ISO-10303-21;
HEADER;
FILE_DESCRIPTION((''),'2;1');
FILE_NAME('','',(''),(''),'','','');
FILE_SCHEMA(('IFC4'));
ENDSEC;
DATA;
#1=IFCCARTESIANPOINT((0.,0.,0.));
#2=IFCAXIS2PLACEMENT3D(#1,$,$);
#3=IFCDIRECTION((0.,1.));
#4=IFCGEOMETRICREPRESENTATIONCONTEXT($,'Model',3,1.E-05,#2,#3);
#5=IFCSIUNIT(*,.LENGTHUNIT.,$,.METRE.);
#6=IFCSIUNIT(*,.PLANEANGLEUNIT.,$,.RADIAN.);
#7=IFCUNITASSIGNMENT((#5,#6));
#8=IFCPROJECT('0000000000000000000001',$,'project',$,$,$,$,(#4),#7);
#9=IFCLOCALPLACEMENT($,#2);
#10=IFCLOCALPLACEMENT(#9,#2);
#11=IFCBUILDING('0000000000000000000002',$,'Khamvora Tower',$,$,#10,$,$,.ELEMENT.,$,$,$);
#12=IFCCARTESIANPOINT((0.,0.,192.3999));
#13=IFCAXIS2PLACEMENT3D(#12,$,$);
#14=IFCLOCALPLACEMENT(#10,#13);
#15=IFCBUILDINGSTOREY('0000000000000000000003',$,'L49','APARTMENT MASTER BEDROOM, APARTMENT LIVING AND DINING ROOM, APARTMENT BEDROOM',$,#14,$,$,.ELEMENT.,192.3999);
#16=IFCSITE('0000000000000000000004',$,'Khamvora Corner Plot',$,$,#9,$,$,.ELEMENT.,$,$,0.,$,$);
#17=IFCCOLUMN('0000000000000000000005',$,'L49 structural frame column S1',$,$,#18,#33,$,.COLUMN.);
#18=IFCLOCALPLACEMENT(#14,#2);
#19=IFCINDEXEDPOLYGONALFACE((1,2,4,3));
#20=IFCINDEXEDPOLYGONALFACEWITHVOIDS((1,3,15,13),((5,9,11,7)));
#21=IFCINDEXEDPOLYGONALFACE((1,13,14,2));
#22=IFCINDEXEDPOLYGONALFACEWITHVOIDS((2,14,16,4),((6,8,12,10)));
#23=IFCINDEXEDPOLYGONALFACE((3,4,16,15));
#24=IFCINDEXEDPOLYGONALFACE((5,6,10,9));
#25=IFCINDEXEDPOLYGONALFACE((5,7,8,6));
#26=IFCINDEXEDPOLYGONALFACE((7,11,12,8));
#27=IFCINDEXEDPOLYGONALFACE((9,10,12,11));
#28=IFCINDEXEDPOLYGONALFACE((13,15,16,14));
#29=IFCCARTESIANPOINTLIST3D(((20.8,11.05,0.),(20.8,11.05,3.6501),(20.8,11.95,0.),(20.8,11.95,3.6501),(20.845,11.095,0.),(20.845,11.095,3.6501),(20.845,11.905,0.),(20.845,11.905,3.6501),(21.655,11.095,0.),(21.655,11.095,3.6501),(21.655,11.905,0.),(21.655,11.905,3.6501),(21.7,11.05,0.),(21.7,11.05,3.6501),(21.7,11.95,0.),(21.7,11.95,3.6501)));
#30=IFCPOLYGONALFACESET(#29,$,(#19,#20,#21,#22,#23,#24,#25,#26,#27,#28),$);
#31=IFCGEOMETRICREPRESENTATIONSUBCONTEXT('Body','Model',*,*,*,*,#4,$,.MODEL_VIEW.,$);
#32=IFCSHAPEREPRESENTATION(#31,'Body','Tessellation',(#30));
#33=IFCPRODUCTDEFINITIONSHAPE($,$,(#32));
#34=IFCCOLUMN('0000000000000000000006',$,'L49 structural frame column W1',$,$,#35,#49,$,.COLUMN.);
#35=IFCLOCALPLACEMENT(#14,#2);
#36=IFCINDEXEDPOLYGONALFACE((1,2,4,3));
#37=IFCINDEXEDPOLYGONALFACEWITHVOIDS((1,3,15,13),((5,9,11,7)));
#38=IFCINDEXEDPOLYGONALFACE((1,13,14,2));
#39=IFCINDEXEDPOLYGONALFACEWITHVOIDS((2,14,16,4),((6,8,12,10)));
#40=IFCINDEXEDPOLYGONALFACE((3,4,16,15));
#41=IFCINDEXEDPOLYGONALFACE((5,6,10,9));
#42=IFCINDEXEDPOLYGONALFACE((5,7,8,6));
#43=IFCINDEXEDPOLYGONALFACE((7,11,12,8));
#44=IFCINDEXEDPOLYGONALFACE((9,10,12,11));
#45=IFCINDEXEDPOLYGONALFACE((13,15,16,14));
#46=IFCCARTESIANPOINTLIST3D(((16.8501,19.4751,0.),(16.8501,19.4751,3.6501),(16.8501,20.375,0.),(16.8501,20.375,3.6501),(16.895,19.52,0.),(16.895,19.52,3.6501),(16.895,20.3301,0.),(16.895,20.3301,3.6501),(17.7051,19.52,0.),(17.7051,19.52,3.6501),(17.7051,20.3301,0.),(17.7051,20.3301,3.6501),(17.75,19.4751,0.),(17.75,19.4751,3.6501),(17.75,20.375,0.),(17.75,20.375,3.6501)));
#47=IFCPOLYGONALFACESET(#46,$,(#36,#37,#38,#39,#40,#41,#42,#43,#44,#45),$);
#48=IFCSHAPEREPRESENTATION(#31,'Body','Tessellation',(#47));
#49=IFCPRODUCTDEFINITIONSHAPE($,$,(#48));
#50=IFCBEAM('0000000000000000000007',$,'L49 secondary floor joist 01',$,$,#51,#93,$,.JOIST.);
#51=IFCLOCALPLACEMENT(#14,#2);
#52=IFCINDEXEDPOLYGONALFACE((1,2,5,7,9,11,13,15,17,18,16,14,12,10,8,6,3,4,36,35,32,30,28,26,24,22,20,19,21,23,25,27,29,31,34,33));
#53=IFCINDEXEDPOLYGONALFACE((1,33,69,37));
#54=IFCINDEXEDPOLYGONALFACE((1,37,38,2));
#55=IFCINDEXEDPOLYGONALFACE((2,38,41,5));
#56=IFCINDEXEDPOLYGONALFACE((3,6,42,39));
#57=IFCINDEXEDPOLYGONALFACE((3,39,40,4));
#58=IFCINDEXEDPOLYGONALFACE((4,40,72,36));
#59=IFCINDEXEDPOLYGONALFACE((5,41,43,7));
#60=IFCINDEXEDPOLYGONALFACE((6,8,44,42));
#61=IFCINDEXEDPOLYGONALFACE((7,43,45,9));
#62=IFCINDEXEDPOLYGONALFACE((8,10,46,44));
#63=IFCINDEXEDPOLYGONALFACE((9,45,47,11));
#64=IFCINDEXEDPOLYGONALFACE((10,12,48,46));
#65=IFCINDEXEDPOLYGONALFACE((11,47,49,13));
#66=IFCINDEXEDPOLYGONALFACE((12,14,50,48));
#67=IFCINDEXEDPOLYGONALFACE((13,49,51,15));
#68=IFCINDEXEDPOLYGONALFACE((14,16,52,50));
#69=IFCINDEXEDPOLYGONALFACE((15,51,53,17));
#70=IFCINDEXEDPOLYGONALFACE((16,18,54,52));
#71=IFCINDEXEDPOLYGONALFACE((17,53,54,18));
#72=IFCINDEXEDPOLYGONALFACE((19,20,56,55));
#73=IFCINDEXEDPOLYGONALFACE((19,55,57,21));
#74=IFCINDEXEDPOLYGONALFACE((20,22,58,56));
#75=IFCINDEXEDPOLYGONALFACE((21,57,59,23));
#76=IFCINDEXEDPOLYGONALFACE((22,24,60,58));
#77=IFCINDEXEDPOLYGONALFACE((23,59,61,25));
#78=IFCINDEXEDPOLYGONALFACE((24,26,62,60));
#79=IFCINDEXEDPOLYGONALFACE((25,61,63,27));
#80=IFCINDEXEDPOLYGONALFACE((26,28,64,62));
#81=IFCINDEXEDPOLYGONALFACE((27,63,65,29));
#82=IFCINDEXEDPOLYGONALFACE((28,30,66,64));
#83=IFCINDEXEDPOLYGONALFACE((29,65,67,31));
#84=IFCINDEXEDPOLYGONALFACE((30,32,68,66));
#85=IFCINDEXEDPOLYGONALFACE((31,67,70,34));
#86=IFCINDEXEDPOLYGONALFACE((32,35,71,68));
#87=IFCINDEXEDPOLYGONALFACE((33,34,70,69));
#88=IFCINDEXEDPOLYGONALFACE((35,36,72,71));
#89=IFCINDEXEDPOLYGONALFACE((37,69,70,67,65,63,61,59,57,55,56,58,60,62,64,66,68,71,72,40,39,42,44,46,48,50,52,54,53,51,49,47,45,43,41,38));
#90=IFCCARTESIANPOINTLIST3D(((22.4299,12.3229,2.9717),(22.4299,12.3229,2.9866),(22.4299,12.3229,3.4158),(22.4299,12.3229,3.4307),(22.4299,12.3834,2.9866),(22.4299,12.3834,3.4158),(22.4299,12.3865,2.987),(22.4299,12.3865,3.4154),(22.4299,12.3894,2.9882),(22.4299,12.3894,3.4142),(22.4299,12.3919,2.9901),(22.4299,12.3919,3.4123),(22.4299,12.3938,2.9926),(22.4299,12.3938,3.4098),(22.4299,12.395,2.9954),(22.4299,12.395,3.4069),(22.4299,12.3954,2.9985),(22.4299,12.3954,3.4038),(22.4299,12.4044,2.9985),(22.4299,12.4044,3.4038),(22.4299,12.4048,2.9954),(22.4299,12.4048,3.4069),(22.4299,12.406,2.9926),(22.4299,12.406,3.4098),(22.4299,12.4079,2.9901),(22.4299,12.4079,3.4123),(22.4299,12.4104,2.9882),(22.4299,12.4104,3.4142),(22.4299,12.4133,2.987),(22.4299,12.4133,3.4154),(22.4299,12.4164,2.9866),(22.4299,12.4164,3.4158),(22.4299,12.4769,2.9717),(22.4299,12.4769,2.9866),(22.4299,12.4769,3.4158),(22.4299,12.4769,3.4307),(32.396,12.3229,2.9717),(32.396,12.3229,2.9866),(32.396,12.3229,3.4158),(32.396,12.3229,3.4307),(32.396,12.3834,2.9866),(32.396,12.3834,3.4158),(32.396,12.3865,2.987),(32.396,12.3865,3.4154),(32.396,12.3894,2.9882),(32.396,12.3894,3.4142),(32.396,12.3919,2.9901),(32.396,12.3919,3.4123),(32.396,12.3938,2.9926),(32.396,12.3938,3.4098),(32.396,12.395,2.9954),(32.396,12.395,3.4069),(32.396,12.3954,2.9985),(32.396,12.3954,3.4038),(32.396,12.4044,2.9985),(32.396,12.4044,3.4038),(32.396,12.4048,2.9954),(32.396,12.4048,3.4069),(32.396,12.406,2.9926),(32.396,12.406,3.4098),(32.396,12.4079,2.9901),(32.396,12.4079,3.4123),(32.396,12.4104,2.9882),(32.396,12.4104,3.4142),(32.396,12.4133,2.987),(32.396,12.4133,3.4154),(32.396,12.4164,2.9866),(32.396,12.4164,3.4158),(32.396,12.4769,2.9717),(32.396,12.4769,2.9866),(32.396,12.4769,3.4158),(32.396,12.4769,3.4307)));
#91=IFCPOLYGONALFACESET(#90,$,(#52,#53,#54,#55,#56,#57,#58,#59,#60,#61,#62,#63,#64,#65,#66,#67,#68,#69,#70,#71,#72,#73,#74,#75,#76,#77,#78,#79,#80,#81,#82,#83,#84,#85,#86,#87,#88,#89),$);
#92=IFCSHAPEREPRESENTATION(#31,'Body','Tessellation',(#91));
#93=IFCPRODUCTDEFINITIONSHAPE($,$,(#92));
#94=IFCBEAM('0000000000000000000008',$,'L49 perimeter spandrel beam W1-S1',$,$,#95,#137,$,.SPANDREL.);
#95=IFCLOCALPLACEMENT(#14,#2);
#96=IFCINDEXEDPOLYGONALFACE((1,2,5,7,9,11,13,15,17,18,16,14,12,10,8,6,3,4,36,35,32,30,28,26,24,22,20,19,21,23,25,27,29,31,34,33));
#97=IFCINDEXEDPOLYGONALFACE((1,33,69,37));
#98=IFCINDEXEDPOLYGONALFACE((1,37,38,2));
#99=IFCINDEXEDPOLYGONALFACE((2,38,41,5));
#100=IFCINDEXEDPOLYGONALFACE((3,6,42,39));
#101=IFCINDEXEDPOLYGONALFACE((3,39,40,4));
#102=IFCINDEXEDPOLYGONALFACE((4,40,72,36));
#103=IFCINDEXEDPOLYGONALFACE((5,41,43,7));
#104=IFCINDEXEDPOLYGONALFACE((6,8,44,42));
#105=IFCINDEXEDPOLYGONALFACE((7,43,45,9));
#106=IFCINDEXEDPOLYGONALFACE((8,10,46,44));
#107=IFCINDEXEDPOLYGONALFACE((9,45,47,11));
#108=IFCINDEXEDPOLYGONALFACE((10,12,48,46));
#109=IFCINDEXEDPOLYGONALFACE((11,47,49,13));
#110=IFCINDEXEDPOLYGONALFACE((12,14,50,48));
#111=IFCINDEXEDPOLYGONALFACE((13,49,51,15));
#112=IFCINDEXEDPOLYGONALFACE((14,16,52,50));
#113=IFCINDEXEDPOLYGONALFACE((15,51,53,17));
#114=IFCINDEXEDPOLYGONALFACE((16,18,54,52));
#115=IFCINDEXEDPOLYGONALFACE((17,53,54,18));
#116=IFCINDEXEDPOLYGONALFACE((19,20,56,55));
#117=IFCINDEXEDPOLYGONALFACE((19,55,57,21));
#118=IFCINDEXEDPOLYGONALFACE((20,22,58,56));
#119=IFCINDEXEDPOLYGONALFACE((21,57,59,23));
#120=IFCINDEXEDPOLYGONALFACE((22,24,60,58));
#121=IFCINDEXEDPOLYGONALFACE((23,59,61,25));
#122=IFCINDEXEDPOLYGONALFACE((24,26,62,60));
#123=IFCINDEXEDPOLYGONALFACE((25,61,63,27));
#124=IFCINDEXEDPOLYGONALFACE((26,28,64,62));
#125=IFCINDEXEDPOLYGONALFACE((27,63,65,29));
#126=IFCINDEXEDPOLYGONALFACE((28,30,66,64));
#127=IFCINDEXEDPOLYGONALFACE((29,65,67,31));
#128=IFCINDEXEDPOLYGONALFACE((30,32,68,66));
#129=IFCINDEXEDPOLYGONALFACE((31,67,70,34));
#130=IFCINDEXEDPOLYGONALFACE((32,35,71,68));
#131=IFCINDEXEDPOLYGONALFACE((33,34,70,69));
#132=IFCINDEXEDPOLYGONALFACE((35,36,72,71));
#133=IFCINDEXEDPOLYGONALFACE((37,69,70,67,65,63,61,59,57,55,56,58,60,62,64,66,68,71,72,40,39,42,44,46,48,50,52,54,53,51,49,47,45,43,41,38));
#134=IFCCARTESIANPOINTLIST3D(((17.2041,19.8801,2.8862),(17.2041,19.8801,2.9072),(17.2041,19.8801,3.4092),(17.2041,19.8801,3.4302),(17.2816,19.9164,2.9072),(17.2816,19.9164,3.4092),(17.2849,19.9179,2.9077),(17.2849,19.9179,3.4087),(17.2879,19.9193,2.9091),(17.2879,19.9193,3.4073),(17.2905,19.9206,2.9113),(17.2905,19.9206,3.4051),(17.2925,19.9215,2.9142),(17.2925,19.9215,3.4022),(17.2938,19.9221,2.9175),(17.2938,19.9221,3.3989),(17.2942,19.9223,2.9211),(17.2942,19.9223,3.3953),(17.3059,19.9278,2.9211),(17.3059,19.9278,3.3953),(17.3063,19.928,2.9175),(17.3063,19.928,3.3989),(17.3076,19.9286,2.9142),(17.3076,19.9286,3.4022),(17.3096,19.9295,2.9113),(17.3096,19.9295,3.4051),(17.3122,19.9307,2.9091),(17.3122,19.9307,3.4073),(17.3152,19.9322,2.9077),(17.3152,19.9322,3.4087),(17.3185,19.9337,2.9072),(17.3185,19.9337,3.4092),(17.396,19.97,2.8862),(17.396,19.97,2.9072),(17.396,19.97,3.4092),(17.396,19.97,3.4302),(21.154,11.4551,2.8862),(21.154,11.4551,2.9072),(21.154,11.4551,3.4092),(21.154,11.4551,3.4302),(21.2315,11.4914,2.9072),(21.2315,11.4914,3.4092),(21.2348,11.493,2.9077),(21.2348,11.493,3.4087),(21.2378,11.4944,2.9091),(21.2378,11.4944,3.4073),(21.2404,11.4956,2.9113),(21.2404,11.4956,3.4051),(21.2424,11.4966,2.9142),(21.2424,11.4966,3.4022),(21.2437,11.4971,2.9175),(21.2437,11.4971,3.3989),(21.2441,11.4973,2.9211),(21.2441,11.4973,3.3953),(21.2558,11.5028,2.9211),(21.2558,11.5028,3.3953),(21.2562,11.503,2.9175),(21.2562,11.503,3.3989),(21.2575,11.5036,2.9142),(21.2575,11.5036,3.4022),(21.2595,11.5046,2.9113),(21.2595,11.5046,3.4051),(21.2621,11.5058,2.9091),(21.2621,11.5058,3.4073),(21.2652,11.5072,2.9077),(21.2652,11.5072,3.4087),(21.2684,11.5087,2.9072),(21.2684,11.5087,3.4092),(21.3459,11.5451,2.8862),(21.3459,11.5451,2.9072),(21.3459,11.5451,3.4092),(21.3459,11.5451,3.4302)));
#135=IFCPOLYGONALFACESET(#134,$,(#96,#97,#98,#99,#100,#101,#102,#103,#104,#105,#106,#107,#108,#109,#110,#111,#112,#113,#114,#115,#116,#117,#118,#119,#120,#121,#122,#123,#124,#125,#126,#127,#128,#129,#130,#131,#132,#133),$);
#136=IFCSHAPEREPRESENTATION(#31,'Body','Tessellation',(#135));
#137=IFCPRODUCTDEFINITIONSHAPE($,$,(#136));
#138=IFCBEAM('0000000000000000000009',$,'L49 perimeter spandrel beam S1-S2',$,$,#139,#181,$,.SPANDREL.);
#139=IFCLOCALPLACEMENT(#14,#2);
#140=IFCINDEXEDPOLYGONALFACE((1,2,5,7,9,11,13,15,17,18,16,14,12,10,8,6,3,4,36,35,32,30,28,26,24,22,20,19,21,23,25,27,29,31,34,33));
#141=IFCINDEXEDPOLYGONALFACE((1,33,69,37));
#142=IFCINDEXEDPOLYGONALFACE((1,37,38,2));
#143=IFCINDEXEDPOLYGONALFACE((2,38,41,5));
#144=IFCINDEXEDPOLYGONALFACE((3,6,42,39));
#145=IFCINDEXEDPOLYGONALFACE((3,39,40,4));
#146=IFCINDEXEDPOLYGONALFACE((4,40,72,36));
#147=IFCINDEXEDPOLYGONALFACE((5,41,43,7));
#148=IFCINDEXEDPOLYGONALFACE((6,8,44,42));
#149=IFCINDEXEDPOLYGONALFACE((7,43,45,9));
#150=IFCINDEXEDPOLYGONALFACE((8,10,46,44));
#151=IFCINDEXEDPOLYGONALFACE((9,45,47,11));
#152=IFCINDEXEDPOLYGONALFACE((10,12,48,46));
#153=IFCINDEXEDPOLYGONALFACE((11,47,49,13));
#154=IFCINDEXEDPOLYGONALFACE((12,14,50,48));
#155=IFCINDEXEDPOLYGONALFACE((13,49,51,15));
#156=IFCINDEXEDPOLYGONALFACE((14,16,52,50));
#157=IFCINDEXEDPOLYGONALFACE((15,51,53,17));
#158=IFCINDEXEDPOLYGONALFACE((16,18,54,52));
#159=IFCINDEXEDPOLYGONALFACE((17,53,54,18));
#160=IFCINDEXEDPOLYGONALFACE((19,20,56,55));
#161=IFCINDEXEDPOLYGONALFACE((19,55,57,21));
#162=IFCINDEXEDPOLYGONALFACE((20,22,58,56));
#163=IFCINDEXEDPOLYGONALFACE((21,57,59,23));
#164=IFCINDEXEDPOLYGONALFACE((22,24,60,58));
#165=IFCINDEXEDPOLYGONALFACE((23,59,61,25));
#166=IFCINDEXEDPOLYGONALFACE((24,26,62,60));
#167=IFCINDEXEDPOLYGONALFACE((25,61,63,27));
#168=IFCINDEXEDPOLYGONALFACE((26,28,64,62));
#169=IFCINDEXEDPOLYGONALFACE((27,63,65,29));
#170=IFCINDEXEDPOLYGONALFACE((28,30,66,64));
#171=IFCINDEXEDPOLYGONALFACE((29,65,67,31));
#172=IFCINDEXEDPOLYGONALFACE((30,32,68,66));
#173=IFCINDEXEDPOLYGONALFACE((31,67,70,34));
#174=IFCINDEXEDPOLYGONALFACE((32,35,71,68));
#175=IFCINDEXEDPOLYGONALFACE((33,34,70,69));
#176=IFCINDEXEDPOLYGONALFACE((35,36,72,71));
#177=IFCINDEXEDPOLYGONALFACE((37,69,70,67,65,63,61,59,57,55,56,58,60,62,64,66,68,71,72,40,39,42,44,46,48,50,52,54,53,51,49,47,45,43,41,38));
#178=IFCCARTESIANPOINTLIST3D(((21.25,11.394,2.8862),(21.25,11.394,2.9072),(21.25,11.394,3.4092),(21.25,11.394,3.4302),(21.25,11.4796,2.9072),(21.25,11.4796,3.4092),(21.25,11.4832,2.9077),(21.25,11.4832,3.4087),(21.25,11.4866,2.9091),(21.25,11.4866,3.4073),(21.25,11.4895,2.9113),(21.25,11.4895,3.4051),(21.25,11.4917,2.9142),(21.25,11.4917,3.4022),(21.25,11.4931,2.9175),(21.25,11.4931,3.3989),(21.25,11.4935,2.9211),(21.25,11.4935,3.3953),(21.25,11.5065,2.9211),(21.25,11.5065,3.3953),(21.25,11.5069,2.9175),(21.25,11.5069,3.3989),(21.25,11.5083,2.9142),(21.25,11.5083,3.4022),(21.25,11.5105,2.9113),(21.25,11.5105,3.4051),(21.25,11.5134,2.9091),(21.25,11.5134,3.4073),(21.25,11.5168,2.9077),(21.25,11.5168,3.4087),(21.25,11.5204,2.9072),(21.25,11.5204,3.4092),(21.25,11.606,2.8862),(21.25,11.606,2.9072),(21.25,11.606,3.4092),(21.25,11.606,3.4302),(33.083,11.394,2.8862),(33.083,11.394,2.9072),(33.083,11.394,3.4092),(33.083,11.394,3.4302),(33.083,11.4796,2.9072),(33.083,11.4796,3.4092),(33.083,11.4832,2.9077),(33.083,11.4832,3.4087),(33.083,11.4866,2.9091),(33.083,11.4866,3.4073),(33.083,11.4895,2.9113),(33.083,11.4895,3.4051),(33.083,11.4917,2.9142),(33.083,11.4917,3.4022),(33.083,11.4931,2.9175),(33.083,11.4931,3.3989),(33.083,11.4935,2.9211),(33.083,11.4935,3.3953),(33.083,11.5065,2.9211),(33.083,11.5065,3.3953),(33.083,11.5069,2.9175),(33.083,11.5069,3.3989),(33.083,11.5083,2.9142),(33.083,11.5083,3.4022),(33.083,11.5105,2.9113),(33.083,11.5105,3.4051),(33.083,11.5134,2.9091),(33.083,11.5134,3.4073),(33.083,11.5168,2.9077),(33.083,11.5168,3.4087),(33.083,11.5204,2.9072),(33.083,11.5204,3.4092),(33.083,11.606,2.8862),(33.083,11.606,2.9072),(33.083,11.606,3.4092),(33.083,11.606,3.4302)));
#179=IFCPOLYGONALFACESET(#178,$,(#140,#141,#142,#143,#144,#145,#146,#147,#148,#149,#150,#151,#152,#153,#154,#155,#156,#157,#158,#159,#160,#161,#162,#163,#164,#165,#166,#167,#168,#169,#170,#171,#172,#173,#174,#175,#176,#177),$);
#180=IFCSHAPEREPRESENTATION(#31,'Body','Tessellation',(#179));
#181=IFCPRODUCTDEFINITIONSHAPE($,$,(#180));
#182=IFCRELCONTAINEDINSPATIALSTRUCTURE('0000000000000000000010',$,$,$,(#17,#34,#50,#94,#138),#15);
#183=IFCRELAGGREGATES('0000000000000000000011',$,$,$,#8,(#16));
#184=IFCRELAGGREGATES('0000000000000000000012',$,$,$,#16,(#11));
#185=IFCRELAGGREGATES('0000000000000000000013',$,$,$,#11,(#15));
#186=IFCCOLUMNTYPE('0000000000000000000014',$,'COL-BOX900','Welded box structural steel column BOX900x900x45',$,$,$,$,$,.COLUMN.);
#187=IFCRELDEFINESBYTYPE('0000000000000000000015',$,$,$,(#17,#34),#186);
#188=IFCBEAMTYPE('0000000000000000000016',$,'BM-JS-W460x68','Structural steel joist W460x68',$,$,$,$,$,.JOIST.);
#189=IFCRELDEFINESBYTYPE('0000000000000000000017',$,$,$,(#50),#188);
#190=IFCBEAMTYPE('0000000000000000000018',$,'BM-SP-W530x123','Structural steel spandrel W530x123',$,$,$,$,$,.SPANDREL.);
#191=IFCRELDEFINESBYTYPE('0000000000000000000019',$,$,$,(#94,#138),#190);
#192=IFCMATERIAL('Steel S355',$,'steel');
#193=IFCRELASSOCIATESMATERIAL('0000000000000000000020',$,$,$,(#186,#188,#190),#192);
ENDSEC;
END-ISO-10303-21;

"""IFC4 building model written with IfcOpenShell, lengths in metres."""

from ifc_helpers import new_model, si_unit, direction, frame, origin, origin_2d, place, context, subcontext, project, spatial, hollow_rectangle, i_section, extrude, material, material_profile, profile_set, type_object, element, save


model = new_model("IFC4")

# Units and contexts
model_context = context("Model", 3, precision=1e-05, world=origin(), true_north=direction((0.0, 1.0)))
body_context = subcontext(model_context, "Body", "Model", "MODEL_VIEW")
ifc_project = project(units=[si_unit("LENGTHUNIT", "METRE"), si_unit("PLANEANGLEUNIT", "RADIAN")], contexts=[model_context])

# Site, building, storey
site_placement = place(None, origin())
site = spatial("IfcSite", under=ifc_project, at=site_placement, Name="Khamvora Corner Plot", CompositionType="ELEMENT", RefElevation=0.0)
building_placement = place(site_placement, origin())
building = spatial("IfcBuilding", under=site, at=building_placement, Name="Khamvora Tower", CompositionType="ELEMENT")
storey_placement = place(building_placement, frame((0.0, 0.0, 192.3999)))
storey = spatial("IfcBuildingStorey", under=building, at=storey_placement, Name="L49", Description="APARTMENT MASTER BEDROOM, APARTMENT LIVING AND DINING ROOM, APARTMENT BEDROOM", CompositionType="ELEMENT", Elevation=192.3999)

# Columns
ifc_material_1 = material(Name="Steel S355", Category="steel")
ifc_material_profile_1 = material_profile(ifc_material_1, hollow_rectangle(XDim=0.8999, YDim=0.8999, WallThickness=0.0449, at=origin_2d()), Name="BOX900x900x45")
ifc_profile_set_1 = profile_set([ifc_material_profile_1], Name="Steel S355")
column_type = type_object("IfcColumnType", Name="COL-BOX900", Description="Welded box structural steel column BOX900x900x45", PredefinedType="COLUMN", material=ifc_profile_set_1)
for number, where, z_axis, x_axis, name in (
    (1, (21.25, 11.5, 0.0), (0.0, 0.0, 1.0), (1.0, 0.0, 0.0), "L49 structural frame column S1"),
    (2, (17.3, 19.925, 0.0), (0.0, 0.0, 1.0), (1.0, 0.0, 0.0), "L49 structural frame column W1"),
):
    element("IfcColumn", number, at=place(storey_placement, frame(where, z_axis=z_axis, x_axis=x_axis)), inside=storey, type_object=column_type, Name=name, PredefinedType="COLUMN", context=body_context, shape_type="SweptSolid", body=[
        extrude(hollow_rectangle(XDim=0.8999, YDim=0.8999, WallThickness=0.0449, at=origin_2d()), origin(), (0.0, 0.0, 1.0), 3.6501),
    ])

# Beams
ifc_material_profile_2 = material_profile(ifc_material_1, i_section(OverallWidth=0.1541, OverallDepth=0.459, WebThickness=0.009, FlangeThickness=0.0149, FilletRadius=0.012, at=origin_2d()), Name="W460x68")
ifc_profile_set_2 = profile_set([ifc_material_profile_2], Name="Steel S355")
beam_type_1 = type_object("IfcBeamType", Name="BM-JS-W460x68", Description="Structural steel joist W460x68", PredefinedType="JOIST", material=ifc_profile_set_2)
beam_1_placement = place(storey_placement, frame((22.4299, 12.3999, 3.2012), z_axis=(1.0, 0.0, 0.0), x_axis=(0.0, 1.0, 0.0)))
element("IfcBeam", 3, at=beam_1_placement, inside=storey, type_object=beam_type_1, Name="L49 secondary floor joist 01", PredefinedType="JOIST", context=body_context, shape_type="SweptSolid", body=[
    extrude(i_section(OverallWidth=0.1541, OverallDepth=0.459, WebThickness=0.009, FlangeThickness=0.0149, FilletRadius=0.012, at=origin_2d()), origin(), (0.0, 0.0, 1.0), 9.9661),
])
ifc_material_profile_3 = material_profile(ifc_material_1, i_section(OverallWidth=0.2119, OverallDepth=0.5439, WebThickness=0.0129, FlangeThickness=0.021, FilletRadius=0.0139, at=origin_2d()), Name="W530x123")
ifc_profile_set_3 = profile_set([ifc_material_profile_3], Name="Steel S355")
beam_type_2 = type_object("IfcBeamType", Name="BM-SP-W530x123", Description="Structural steel spandrel W530x123", PredefinedType="SPANDREL", material=ifc_profile_set_3)
beam_2_placement = place(storey_placement, frame((17.3, 19.925, 3.1582), z_axis=(0.424496, -0.90543, 0.0), x_axis=(0.90543, 0.424496, 0.0)))
element("IfcBeam", 4, at=beam_2_placement, inside=storey, type_object=beam_type_2, Name="L49 perimeter spandrel beam W1-S1", PredefinedType="SPANDREL", context=body_context, shape_type="SweptSolid", body=[
    extrude(i_section(OverallWidth=0.2119, OverallDepth=0.5439, WebThickness=0.0129, FlangeThickness=0.021, FilletRadius=0.0139, at=origin_2d()), origin(), (0.0, 0.0, 1.0), 9.3049),
])
beam_3_placement = place(storey_placement, frame((21.25, 11.5, 3.1582), z_axis=(1.0, 0.0, 0.0), x_axis=(0.0, 1.0, 0.0)))
element("IfcBeam", 5, at=beam_3_placement, inside=storey, type_object=beam_type_2, Name="L49 perimeter spandrel beam S1-S2", PredefinedType="SPANDREL", context=body_context, shape_type="SweptSolid", body=[
    extrude(i_section(OverallWidth=0.2119, OverallDepth=0.5439, WebThickness=0.0129, FlangeThickness=0.021, FilletRadius=0.0139, at=origin_2d()), origin(), (0.0, 0.0, 1.0), 11.833),
])

save(model, "model.ifc")
